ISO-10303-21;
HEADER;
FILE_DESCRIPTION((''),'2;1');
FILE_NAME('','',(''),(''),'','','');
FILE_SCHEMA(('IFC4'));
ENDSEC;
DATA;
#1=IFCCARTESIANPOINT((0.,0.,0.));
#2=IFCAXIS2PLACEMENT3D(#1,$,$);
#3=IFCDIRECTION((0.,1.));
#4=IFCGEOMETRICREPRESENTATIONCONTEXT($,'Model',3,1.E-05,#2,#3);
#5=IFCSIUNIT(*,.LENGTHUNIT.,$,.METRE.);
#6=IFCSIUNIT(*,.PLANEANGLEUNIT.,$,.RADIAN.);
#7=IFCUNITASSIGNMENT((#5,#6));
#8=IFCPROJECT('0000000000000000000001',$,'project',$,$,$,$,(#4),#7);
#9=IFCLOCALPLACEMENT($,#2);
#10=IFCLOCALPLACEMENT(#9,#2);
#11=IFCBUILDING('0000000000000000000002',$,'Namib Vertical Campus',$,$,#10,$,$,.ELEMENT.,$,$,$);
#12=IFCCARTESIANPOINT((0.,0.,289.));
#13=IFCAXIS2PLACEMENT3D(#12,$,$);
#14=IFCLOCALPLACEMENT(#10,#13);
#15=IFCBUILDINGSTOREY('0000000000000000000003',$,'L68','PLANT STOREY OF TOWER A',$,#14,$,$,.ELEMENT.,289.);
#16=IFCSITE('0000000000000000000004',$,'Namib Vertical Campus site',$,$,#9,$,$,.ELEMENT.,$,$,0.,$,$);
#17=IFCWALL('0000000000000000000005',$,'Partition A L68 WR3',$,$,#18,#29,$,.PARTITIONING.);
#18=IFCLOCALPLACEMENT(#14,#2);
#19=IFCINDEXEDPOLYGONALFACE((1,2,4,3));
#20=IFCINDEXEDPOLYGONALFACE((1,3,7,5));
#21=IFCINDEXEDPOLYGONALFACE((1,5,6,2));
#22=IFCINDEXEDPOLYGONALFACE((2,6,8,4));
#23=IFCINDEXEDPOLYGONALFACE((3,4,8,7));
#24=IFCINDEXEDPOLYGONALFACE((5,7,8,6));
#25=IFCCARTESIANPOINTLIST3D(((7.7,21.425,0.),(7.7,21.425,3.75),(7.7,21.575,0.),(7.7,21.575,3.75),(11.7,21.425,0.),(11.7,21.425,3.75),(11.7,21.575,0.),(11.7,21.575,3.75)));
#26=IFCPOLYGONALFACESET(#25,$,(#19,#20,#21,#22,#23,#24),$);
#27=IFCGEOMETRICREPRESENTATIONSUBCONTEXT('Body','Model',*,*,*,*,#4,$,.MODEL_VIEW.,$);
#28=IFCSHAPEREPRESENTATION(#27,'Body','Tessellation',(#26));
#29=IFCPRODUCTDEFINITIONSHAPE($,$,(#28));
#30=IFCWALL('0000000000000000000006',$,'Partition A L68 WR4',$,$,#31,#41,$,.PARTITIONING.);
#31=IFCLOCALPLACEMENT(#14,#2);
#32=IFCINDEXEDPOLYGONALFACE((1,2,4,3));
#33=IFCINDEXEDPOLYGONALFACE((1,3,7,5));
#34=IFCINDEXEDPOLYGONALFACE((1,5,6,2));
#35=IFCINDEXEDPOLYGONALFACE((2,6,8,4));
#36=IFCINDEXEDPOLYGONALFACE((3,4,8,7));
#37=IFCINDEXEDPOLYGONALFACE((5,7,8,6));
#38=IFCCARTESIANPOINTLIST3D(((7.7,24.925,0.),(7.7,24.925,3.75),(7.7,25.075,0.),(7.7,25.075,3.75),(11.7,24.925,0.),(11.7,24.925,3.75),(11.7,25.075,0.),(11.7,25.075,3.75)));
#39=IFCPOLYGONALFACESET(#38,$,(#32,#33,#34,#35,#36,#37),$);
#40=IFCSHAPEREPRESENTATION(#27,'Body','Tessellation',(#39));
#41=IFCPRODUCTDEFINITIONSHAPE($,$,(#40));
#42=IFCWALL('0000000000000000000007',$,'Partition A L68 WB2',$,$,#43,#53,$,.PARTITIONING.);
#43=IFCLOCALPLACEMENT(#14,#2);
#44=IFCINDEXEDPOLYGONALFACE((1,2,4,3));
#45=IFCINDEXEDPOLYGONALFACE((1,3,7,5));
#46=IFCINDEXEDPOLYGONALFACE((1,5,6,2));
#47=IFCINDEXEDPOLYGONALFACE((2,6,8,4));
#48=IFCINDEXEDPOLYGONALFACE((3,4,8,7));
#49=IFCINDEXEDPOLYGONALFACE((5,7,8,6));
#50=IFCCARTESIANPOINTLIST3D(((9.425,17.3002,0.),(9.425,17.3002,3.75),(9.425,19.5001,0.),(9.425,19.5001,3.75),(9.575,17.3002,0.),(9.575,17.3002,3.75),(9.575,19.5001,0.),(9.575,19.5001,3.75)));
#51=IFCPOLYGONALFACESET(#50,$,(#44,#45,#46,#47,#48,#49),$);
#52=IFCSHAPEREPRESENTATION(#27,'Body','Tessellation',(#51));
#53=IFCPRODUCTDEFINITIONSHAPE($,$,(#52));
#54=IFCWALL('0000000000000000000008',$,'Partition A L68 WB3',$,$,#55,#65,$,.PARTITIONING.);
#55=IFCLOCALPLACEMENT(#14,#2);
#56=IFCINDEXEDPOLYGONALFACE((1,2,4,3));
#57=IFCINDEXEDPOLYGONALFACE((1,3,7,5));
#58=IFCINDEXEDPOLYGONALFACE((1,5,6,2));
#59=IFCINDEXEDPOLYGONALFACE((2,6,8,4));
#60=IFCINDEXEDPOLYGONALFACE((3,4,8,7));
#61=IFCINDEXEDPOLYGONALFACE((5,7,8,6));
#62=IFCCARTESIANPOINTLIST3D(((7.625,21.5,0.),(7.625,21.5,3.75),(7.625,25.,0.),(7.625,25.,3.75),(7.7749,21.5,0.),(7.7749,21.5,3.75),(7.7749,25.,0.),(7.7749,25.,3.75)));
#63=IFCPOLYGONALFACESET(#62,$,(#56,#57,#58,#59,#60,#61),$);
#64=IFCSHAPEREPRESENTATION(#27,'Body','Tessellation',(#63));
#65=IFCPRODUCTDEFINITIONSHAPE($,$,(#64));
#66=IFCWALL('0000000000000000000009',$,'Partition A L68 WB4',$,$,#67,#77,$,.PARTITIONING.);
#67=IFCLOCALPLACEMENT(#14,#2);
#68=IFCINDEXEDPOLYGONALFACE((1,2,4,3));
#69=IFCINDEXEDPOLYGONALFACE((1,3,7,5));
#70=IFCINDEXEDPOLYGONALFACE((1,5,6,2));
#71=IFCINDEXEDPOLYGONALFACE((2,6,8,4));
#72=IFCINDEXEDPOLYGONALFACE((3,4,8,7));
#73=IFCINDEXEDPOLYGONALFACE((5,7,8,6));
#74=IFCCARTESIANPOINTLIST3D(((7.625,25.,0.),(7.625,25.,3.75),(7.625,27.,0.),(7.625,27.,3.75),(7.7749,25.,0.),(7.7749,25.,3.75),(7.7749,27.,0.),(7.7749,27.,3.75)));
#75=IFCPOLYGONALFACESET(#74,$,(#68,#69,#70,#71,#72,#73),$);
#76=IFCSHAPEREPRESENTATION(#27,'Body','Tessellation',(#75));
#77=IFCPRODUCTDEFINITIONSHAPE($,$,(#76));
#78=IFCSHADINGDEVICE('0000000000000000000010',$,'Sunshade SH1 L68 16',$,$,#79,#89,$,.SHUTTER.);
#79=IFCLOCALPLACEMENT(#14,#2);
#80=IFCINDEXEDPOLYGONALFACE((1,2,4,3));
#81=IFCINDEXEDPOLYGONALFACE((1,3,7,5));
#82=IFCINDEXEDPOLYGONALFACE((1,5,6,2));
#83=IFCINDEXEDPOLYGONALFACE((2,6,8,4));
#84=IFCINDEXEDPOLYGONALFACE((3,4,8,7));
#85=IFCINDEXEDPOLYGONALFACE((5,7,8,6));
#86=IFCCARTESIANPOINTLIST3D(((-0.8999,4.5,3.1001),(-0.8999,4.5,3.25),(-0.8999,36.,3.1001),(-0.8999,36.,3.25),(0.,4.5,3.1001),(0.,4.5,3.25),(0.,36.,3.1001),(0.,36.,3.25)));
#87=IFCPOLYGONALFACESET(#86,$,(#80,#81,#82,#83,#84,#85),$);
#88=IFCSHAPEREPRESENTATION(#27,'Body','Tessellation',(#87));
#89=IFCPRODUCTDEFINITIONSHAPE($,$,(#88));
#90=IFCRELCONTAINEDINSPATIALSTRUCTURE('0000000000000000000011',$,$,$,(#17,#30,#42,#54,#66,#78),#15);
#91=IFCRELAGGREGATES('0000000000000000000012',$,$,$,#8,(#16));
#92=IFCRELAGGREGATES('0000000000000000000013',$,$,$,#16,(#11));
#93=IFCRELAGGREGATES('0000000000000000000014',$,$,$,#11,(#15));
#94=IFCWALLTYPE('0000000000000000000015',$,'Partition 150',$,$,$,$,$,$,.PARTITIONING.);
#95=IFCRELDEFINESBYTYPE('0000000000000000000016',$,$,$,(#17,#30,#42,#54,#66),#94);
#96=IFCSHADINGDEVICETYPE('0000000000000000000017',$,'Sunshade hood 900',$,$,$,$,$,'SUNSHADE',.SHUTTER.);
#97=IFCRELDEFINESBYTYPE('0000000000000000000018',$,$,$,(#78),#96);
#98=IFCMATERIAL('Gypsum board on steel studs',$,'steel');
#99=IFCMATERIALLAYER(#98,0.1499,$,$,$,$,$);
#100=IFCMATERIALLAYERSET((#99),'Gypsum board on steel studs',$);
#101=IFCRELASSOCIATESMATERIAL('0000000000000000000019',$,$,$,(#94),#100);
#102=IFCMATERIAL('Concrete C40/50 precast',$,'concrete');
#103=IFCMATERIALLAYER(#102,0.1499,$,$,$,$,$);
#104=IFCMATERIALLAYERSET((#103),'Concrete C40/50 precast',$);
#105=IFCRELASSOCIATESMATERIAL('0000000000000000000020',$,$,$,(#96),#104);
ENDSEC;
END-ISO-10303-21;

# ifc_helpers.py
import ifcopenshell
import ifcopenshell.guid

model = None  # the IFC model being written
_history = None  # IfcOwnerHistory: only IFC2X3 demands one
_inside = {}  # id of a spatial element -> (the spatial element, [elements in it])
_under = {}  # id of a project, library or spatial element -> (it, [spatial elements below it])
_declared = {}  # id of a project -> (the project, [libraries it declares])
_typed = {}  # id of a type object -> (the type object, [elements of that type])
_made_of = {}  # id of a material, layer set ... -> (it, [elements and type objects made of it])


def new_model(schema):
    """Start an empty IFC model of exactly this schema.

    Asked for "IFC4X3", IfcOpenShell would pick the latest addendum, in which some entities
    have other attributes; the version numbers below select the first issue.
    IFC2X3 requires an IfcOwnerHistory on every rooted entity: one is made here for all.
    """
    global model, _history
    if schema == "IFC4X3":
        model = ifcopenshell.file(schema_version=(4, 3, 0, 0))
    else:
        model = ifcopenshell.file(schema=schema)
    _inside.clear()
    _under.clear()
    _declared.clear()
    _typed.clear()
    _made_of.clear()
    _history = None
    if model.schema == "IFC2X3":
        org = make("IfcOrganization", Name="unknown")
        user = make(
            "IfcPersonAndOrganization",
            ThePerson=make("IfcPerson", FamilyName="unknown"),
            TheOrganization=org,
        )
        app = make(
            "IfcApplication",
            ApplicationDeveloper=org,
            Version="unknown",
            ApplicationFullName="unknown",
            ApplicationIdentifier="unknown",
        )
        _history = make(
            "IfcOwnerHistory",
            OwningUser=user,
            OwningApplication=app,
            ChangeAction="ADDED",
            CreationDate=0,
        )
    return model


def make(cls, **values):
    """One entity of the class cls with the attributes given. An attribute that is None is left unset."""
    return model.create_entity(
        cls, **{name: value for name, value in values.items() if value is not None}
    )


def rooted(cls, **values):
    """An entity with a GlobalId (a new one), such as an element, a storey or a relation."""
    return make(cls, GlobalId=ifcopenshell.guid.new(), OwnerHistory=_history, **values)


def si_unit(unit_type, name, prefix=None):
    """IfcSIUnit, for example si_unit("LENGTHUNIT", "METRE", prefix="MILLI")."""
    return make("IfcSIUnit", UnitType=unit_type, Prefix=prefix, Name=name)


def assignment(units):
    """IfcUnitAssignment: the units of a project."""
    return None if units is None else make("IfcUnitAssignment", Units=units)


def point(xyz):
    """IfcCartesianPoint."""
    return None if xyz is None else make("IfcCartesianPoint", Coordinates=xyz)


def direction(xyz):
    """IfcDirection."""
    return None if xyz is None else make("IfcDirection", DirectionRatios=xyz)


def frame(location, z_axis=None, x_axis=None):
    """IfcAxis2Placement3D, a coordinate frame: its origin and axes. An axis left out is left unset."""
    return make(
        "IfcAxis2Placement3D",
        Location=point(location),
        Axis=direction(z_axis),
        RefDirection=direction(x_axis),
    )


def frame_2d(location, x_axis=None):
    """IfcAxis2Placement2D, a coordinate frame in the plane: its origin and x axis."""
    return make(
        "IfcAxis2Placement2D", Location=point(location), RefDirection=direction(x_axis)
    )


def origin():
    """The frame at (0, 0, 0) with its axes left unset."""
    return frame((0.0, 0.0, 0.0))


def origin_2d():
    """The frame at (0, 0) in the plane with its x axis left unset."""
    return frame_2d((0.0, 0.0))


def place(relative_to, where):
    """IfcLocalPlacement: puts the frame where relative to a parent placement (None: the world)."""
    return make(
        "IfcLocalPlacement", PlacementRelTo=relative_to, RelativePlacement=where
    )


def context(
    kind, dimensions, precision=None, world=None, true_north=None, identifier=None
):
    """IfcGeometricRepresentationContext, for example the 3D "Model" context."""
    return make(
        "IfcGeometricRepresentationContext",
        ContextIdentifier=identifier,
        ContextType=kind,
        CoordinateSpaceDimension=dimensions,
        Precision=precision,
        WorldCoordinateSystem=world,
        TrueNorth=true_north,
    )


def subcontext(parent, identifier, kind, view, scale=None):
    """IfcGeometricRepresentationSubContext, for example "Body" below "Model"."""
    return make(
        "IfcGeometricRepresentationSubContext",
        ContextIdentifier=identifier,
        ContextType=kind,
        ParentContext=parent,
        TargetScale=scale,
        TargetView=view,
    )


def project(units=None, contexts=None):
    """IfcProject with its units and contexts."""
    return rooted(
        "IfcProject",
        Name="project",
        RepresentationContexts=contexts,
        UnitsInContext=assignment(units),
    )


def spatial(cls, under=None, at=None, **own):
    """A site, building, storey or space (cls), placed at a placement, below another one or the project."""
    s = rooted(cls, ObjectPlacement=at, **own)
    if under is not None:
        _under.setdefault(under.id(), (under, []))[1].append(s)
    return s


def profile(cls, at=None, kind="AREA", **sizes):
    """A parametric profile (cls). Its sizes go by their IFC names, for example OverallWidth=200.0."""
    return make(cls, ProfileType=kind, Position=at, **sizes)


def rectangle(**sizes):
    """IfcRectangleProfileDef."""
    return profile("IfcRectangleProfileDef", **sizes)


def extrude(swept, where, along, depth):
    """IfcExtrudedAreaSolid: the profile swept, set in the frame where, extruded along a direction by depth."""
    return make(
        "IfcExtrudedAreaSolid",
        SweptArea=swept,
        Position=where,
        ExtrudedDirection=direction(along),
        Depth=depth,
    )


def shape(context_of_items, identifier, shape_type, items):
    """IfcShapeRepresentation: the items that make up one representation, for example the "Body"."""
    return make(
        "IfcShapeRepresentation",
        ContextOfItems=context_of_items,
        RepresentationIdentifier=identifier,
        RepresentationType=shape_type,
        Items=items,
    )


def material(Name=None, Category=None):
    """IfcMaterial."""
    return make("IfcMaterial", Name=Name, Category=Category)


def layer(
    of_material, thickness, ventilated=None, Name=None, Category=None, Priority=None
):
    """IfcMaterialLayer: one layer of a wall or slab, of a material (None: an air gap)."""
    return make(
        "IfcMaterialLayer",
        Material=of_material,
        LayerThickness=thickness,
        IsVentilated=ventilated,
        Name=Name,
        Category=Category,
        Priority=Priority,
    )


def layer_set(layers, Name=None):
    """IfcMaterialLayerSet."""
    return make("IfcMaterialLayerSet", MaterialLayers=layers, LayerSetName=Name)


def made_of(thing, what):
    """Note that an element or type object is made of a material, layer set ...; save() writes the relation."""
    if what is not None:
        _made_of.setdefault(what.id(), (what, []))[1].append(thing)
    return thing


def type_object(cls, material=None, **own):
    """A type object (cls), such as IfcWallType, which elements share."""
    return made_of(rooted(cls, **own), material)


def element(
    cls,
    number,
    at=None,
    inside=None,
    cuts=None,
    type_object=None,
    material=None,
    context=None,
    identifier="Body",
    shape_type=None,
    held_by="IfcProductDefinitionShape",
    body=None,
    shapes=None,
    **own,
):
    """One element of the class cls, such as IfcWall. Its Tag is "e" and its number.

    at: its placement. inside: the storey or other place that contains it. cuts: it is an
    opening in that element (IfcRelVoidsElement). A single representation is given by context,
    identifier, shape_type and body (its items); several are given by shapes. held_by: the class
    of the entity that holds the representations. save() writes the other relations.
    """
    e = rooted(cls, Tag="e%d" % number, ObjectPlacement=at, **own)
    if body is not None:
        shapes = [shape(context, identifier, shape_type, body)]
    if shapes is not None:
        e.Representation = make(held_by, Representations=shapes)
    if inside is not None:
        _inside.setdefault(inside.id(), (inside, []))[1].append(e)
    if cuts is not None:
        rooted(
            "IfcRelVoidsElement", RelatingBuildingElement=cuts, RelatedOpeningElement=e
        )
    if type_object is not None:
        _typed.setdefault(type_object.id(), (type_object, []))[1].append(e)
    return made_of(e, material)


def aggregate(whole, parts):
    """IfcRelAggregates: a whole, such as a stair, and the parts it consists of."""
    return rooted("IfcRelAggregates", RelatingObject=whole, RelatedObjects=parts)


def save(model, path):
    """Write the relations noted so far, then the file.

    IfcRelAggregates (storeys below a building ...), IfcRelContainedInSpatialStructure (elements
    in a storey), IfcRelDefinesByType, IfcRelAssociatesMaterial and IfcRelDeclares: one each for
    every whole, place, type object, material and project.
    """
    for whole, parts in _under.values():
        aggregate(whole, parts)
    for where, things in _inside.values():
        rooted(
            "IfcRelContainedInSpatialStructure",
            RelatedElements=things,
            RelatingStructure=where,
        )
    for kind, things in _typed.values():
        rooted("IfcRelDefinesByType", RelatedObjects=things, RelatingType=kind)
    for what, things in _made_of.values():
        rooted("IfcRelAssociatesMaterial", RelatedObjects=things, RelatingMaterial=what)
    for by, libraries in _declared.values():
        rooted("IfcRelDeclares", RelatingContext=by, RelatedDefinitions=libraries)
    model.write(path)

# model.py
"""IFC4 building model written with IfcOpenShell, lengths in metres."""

from ifc_helpers import new_model, si_unit, direction, frame, frame_2d, origin, origin_2d, place, context, subcontext, project, spatial, rectangle, extrude, material, layer, layer_set, type_object, element, save


model = new_model("IFC4")

# Units and contexts
model_context = context("Model", 3, precision=1e-05, world=origin(), true_north=direction((0.0, 1.0)))
body_context = subcontext(model_context, "Body", "Model", "MODEL_VIEW")
ifc_project = project(units=[si_unit("LENGTHUNIT", "METRE"), si_unit("PLANEANGLEUNIT", "RADIAN")], contexts=[model_context])

# Site, building, storey
site_placement = place(None, origin())
site = spatial("IfcSite", under=ifc_project, at=site_placement, Name="Namib Vertical Campus site", CompositionType="ELEMENT", RefElevation=0.0)
building_placement = place(site_placement, origin())
building = spatial("IfcBuilding", under=site, at=building_placement, Name="Namib Vertical Campus", CompositionType="ELEMENT")
storey_placement = place(building_placement, frame((0.0, 0.0, 289.0)))
storey = spatial("IfcBuildingStorey", under=building, at=storey_placement, Name="L68", Description="PLANT STOREY OF TOWER A", CompositionType="ELEMENT", Elevation=289.0)

# Walls
ifc_material_1 = material(Name="Gypsum board on steel studs", Category="steel")
ifc_layer_1 = layer(ifc_material_1, 0.1499)
ifc_layer_set_1 = layer_set([ifc_layer_1], Name="Gypsum board on steel studs")
wall_type_1 = type_object("IfcWallType", Name="Partition 150", PredefinedType="PARTITIONING", material=ifc_layer_set_1)
for number, where, z_axis, x_axis, name in (
    (1, (11.7, 21.5, 0.0), (0.0, 0.0, 1.0), (-1.0, 0.0, 0.0), "Partition A L68 WR3"),
    (2, (11.7, 25.0, 0.0), (0.0, 0.0, 1.0), (-1.0, 0.0, 0.0), "Partition A L68 WR4"),
):
    element("IfcWall", number, at=place(storey_placement, frame(where, z_axis=z_axis, x_axis=x_axis)), inside=storey, type_object=wall_type_1, Name=name, PredefinedType="PARTITIONING", context=body_context, shape_type="SweptSolid", body=[
        extrude(rectangle(XDim=4.0, YDim=0.1499, at=frame_2d((2.0, 0.0))), origin(), (0.0, 0.0, 1.0), 3.75),
    ])
wall_1_placement = place(storey_placement, frame((9.5, 17.3, 0.0), z_axis=(0.0, 0.0, 1.0), x_axis=(0.0, 1.0, 0.0)))
element("IfcWall", 3, at=wall_1_placement, inside=storey, type_object=wall_type_1, Name="Partition A L68 WB2", PredefinedType="PARTITIONING", context=body_context, shape_type="SweptSolid", body=[
    extrude(rectangle(XDim=2.2, YDim=0.1499, at=frame_2d((1.1001, 0.0))), origin(), (0.0, 0.0, 1.0), 3.75),
])
wall_2_placement = place(storey_placement, frame((7.7, 21.5, 0.0), z_axis=(0.0, 0.0, 1.0), x_axis=(0.0, 1.0, 0.0)))
element("IfcWall", 4, at=wall_2_placement, inside=storey, type_object=wall_type_1, Name="Partition A L68 WB3", PredefinedType="PARTITIONING", context=body_context, shape_type="SweptSolid", body=[
    extrude(rectangle(XDim=3.5, YDim=0.1499, at=frame_2d((1.75, 0.0))), origin(), (0.0, 0.0, 1.0), 3.75),
])
wall_3_placement = place(storey_placement, frame((7.7, 25.0, 0.0), z_axis=(0.0, 0.0, 1.0), x_axis=(0.0, 1.0, 0.0)))
element("IfcWall", 5, at=wall_3_placement, inside=storey, type_object=wall_type_1, Name="Partition A L68 WB4", PredefinedType="PARTITIONING", context=body_context, shape_type="SweptSolid", body=[
    extrude(rectangle(XDim=2.0, YDim=0.1499, at=frame_2d((1.0, 0.0))), origin(), (0.0, 0.0, 1.0), 3.75),
])

# Shading device
ifc_material_2 = material(Name="Concrete C40/50 precast", Category="concrete")
ifc_layer_2 = layer(ifc_material_2, 0.1499)
ifc_layer_set_2 = layer_set([ifc_layer_2], Name="Concrete C40/50 precast")
shading_device_type = type_object("IfcShadingDeviceType", Name="Sunshade hood 900", ElementType="SUNSHADE", PredefinedType="SHUTTER", material=ifc_layer_set_2)
shading_device_placement = place(storey_placement, frame((-0.45, 20.25, 3.1001), z_axis=(0.0, 0.0, 1.0), x_axis=(0.0, -1.0, 0.0)))
element("IfcShadingDevice", 6, at=shading_device_placement, inside=storey, type_object=shading_device_type, Name="Sunshade SH1 L68 16", PredefinedType="SHUTTER", context=body_context, shape_type="SweptSolid", body=[
    extrude(rectangle(XDim=31.5, YDim=0.8999, at=origin_2d()), origin(), (0.0, 0.0, 1.0), 0.1499),
])

save(model, "model.ifc")
